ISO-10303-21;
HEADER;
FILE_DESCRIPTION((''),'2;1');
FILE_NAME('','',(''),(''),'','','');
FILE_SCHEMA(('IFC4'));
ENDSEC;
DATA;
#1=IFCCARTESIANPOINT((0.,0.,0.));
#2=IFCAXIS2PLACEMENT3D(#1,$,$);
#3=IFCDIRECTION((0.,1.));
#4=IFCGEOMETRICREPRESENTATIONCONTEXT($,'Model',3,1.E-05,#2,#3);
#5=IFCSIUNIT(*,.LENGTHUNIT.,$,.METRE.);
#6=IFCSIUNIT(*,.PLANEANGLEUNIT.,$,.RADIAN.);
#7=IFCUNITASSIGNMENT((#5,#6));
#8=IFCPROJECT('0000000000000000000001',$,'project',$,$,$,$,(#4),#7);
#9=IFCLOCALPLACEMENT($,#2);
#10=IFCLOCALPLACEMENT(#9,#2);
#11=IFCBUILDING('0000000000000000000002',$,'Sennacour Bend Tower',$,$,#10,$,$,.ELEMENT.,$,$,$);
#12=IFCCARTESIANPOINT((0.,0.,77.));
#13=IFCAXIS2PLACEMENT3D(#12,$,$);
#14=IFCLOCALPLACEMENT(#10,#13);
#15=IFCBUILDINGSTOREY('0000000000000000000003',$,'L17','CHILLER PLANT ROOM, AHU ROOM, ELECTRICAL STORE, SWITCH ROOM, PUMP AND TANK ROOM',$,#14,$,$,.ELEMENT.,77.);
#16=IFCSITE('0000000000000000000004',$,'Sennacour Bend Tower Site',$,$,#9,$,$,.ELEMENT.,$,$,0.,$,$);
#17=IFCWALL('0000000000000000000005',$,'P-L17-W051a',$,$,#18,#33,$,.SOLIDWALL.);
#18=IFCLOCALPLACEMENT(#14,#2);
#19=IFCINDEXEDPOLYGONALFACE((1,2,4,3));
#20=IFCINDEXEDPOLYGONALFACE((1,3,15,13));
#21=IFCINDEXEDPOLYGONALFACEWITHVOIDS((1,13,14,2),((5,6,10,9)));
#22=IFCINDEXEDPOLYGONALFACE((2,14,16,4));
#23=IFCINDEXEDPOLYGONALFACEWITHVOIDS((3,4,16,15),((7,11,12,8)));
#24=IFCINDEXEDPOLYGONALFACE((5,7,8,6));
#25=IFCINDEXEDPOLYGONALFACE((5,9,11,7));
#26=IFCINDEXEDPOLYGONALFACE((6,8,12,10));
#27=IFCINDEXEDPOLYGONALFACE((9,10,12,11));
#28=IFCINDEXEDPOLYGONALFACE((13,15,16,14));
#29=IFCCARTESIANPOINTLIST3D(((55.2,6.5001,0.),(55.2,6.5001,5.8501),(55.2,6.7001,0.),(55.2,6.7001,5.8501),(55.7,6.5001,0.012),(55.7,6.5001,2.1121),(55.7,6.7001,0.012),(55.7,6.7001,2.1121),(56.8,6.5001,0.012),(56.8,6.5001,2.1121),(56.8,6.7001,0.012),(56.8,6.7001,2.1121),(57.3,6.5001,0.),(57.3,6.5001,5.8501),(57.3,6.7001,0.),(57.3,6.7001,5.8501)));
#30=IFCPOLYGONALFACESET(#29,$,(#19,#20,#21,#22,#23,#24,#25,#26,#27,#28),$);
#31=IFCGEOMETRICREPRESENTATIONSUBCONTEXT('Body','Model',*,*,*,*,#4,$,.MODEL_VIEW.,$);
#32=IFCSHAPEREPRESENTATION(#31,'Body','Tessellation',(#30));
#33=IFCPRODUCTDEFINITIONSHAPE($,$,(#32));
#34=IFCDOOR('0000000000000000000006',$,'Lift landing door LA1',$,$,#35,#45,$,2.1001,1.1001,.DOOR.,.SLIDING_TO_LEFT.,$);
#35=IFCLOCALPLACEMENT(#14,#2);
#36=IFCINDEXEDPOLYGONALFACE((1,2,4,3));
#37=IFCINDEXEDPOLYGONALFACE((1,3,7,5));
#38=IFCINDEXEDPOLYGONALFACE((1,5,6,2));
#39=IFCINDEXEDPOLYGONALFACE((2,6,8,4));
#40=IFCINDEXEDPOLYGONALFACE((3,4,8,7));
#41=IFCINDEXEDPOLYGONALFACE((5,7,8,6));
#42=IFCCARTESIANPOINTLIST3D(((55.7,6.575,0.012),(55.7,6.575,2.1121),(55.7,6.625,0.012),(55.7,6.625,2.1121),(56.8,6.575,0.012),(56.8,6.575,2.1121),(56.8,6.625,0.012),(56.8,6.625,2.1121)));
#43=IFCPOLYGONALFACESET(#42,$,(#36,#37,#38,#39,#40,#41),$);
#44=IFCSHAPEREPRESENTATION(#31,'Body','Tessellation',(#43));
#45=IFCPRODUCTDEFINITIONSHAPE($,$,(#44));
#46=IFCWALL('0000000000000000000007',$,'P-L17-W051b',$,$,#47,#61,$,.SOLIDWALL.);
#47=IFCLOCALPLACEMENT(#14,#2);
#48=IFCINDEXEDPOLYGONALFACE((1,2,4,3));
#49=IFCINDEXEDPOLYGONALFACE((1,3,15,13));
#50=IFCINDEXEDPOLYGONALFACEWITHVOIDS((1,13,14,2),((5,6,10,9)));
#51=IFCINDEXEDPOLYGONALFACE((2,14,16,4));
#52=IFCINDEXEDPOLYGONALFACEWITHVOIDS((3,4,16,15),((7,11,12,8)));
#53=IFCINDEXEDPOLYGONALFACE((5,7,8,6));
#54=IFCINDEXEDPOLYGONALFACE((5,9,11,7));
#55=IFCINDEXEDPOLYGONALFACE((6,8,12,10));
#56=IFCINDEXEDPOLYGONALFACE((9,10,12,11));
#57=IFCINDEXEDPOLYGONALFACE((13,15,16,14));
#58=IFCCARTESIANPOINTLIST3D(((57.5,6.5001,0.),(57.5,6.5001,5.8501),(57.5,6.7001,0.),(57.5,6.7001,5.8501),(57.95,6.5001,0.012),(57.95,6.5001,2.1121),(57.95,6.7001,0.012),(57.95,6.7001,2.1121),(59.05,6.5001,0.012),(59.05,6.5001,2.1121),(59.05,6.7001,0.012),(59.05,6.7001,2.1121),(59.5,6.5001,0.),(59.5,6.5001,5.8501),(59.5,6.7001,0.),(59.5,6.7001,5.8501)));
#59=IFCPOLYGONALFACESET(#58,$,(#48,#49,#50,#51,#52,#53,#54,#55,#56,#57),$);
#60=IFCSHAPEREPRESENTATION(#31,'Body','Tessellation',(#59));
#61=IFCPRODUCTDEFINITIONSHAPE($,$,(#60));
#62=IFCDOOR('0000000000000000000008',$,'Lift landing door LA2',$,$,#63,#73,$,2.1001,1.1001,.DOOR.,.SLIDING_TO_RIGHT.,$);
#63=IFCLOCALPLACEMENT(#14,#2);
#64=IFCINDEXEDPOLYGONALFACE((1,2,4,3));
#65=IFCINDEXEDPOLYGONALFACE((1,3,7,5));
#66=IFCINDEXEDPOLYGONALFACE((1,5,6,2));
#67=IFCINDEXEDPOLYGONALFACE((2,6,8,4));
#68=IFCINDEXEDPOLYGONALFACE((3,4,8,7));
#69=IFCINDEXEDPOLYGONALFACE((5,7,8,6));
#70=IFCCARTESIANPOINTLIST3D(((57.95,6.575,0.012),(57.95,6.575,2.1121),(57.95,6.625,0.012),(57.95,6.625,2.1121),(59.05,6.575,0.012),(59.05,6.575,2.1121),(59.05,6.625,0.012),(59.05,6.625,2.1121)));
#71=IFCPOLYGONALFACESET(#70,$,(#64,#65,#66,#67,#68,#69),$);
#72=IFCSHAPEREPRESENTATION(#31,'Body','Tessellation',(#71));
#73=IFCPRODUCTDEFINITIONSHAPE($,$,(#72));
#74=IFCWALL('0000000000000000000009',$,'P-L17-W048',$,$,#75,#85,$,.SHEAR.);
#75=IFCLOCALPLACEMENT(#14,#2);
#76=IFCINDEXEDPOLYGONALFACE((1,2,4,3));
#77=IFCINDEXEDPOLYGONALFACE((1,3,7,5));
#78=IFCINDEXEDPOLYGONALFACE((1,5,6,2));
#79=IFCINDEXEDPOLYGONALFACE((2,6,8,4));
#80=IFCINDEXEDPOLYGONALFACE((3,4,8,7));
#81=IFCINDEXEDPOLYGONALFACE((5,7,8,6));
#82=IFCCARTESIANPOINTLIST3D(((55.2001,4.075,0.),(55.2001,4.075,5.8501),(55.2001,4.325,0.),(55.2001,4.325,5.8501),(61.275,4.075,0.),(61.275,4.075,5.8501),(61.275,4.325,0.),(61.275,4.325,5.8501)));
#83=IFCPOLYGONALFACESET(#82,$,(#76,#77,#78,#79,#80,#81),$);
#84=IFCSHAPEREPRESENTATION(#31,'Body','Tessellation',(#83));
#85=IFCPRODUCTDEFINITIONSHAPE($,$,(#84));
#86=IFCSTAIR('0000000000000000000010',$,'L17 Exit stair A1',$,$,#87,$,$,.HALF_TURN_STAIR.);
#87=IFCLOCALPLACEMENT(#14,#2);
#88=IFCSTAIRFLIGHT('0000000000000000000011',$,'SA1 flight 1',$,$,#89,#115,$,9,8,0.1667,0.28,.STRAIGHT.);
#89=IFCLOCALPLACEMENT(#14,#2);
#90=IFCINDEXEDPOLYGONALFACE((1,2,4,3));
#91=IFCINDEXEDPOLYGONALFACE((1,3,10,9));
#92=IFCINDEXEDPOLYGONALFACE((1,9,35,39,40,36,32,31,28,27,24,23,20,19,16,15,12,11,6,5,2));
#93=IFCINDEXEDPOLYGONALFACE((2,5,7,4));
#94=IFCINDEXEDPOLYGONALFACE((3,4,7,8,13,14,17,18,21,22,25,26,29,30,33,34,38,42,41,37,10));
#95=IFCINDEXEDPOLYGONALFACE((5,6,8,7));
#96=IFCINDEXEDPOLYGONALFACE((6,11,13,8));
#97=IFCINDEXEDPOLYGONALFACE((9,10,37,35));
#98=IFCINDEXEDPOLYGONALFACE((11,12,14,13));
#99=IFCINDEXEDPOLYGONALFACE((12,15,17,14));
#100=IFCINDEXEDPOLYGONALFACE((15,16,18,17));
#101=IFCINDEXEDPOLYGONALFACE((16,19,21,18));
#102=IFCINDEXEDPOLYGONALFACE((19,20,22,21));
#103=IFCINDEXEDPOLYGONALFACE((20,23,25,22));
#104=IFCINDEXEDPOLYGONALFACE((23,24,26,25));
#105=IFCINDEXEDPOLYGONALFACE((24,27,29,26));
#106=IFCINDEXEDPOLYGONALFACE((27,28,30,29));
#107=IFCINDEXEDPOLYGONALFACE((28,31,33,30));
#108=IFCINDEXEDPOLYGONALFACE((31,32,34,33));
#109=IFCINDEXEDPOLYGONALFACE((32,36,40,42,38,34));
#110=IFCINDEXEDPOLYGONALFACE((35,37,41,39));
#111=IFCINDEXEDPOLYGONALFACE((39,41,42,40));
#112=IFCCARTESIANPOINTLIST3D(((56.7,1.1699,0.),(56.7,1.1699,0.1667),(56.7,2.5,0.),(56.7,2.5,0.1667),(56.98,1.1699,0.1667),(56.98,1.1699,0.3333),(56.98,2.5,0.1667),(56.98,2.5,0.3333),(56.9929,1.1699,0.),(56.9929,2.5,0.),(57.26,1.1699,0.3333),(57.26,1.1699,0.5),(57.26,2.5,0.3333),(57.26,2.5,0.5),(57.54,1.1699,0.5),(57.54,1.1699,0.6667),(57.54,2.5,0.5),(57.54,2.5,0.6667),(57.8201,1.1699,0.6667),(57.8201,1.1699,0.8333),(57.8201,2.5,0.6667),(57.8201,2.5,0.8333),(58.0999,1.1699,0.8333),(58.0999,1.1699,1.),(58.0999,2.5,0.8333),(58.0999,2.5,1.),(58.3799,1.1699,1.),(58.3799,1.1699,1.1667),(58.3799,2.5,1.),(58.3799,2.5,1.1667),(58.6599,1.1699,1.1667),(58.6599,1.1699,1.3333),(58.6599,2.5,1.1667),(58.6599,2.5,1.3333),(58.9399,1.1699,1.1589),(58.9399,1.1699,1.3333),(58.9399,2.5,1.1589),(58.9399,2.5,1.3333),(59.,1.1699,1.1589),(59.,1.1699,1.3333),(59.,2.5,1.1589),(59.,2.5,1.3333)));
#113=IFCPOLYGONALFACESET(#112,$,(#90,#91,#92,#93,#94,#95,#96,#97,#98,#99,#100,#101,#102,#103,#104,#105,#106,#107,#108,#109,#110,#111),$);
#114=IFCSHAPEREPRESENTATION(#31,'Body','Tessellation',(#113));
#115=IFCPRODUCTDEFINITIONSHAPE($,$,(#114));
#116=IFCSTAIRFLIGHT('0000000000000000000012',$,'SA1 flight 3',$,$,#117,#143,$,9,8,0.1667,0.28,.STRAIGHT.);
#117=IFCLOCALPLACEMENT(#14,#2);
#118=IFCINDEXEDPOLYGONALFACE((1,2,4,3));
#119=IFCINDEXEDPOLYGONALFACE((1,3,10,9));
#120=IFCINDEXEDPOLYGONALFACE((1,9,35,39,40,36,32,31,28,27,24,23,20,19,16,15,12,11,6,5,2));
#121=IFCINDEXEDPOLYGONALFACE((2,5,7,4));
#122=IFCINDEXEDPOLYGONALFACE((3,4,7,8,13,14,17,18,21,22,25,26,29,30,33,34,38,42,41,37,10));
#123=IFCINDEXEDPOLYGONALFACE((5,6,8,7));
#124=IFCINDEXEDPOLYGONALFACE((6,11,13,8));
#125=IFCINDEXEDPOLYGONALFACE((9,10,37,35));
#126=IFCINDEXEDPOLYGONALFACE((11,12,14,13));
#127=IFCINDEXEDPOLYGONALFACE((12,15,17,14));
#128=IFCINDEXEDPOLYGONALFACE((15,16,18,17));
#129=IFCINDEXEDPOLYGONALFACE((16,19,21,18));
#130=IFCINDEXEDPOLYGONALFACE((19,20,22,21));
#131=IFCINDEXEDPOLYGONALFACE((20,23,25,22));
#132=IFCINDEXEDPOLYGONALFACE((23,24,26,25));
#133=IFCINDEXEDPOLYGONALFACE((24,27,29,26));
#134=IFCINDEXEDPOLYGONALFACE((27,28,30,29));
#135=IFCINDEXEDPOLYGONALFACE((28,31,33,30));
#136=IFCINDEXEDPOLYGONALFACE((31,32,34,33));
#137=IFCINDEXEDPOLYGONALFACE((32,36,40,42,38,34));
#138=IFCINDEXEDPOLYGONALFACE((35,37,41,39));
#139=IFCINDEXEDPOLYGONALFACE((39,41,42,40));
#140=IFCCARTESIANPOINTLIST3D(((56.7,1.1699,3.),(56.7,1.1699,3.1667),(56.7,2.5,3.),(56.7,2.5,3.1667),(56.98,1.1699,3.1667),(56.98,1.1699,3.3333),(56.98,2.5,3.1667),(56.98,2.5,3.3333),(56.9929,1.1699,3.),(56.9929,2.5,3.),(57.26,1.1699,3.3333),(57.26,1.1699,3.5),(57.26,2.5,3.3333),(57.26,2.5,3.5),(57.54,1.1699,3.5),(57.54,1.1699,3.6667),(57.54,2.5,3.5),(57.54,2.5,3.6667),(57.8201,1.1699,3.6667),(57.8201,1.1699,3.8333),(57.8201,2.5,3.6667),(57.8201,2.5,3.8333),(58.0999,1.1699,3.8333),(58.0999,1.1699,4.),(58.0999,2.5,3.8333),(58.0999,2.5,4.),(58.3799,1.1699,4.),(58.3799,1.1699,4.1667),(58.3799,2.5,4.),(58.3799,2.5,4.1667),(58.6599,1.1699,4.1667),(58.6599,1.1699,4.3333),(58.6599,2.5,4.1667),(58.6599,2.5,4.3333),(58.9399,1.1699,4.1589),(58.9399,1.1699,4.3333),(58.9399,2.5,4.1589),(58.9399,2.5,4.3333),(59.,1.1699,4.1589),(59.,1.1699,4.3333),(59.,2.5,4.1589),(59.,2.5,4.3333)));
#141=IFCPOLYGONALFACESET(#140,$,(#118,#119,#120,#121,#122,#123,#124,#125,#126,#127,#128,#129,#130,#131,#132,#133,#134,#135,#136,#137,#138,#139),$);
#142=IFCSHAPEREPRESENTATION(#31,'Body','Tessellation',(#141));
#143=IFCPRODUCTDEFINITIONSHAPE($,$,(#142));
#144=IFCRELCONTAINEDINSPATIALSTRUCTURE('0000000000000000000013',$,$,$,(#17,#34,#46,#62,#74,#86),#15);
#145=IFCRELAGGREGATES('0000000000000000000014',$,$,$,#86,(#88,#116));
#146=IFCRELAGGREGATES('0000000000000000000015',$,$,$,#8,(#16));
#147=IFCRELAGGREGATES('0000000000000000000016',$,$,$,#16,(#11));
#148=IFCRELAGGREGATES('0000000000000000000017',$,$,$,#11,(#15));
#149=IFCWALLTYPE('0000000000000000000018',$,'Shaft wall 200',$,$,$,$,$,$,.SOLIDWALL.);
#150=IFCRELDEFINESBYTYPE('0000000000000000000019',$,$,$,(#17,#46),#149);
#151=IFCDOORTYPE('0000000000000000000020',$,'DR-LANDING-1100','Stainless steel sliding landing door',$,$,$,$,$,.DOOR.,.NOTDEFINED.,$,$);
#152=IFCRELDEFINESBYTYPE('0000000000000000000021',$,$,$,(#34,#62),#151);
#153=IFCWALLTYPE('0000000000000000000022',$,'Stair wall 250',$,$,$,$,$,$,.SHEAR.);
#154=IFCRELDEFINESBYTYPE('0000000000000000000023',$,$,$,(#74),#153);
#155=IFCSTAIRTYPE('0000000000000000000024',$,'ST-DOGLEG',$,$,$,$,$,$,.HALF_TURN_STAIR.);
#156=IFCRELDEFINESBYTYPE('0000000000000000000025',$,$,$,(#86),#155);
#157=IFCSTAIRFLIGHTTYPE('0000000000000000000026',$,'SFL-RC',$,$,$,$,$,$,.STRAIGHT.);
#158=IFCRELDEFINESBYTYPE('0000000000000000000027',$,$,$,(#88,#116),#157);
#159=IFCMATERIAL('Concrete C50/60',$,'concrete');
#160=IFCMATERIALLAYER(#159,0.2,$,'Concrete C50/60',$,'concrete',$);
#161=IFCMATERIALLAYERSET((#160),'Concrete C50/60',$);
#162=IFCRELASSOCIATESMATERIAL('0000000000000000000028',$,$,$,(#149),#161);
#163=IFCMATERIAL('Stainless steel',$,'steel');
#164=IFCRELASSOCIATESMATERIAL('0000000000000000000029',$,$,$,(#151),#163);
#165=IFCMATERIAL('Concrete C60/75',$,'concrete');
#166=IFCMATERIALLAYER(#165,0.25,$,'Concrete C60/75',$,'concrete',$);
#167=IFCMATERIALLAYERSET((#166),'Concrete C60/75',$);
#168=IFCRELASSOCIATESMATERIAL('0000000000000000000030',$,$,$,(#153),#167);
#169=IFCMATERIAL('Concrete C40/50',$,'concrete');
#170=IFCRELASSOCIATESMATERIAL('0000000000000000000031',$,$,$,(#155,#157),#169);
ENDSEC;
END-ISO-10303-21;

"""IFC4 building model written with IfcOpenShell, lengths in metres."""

from ifc_helpers import new_model, si_unit, direction, frame, frame_2d, origin, place, context, subcontext, project, spatial, polyline, rectangle, outline, extrude, material, layer, layer_set, type_object, element, fill, aggregate, save


model = new_model("IFC4")

# Units and contexts
model_context = context("Model", 3, precision=1e-05, world=origin(), true_north=direction((0.0, 1.0)))
body_context = subcontext(model_context, "Body", "Model", "MODEL_VIEW")
ifc_project = project(units=[si_unit("LENGTHUNIT", "METRE"), si_unit("PLANEANGLEUNIT", "RADIAN")], contexts=[model_context])

# Site, building, storey
site_placement = place(None, origin())
site = spatial("IfcSite", under=ifc_project, at=site_placement, Name="Sennacour Bend Tower Site", CompositionType="ELEMENT", RefElevation=0.0)
building_placement = place(site_placement, origin())
building = spatial("IfcBuilding", under=site, at=building_placement, Name="Sennacour Bend Tower", CompositionType="ELEMENT")
storey_placement = place(building_placement, frame((0.0, 0.0, 77.0)))
storey = spatial("IfcBuildingStorey", under=building, at=storey_placement, Name="L17", Description="CHILLER PLANT ROOM, AHU ROOM, ELECTRICAL STORE, SWITCH ROOM, PUMP AND TANK ROOM", CompositionType="ELEMENT", Elevation=77.0)

# Shared definitions
ifc_material_1 = material(Name="Concrete C50/60", Category="concrete")
ifc_layer_1 = layer(ifc_material_1, 0.2, Name="Concrete C50/60", Category="concrete")
ifc_layer_set_1 = layer_set([ifc_layer_1], Name="Concrete C50/60")
wall_type_1 = type_object("IfcWallType", Name="Shaft wall 200", PredefinedType="SOLIDWALL", material=ifc_layer_set_1)

# Walls, openings, doors
wall_1_placement = place(storey_placement, frame((55.2, 6.6001, 0.0), z_axis=(0.0, 0.0, 1.0), x_axis=(1.0, 0.0, 0.0)))
wall_1 = element("IfcWall", 1, at=wall_1_placement, inside=storey, type_object=wall_type_1, Name="P-L17-W051a", PredefinedType="SOLIDWALL", context=body_context, shape_type="SweptSolid", body=[
    extrude(rectangle(XDim=2.1001, YDim=0.2, at=frame_2d((1.05, 0.0))), origin(), (0.0, 0.0, 1.0), 5.8501),
])
opening_1_placement = place(wall_1_placement, frame((0.5, 0.0, 0.012)))
opening_1 = element("IfcOpeningElement", 2, at=opening_1_placement, cuts=wall_1, PredefinedType="OPENING", context=body_context, shape_type="SweptSolid", body=[
    extrude(rectangle(XDim=1.1001, YDim=2.1001, at=frame_2d((0.55, 1.05))), frame((0.0, 0.1099, 0.0), z_axis=(0.0, -1.0, 0.0), x_axis=(1.0, 0.0, 0.0)), (0.0, 0.0, 1.0), 0.22),
])
ifc_material_2 = material(Name="Stainless steel", Category="steel")
door_type_1 = type_object("IfcDoorType", Name="DR-LANDING-1100", Description="Stainless steel sliding landing door", OperationType="NOTDEFINED", PredefinedType="DOOR", material=ifc_material_2)
door_1_placement = place(opening_1_placement, origin())
door_1 = element("IfcDoor", 3, at=door_1_placement, inside=storey, type_object=door_type_1, Name="Lift landing door LA1", OperationType="SLIDING_TO_LEFT", OverallHeight=2.1001, OverallWidth=1.1001, PredefinedType="DOOR", context=body_context, shape_type="SweptSolid", body=[
    extrude(rectangle(XDim=1.1001, YDim=2.1001, at=frame_2d((0.55, 1.05))), frame((0.0, 0.0249, 0.0), z_axis=(0.0, -1.0, 0.0), x_axis=(1.0, 0.0, 0.0)), (0.0, 0.0, 1.0), 0.05),
])
fill(opening_1, door_1)
wall_2_placement = place(storey_placement, frame((57.5, 6.6001, 0.0), z_axis=(0.0, 0.0, 1.0), x_axis=(1.0, 0.0, 0.0)))
wall_2 = element("IfcWall", 4, at=wall_2_placement, inside=storey, type_object=wall_type_1, Name="P-L17-W051b", PredefinedType="SOLIDWALL", context=body_context, shape_type="SweptSolid", body=[
    extrude(rectangle(XDim=2.0, YDim=0.2, at=frame_2d((1.0, 0.0))), origin(), (0.0, 0.0, 1.0), 5.8501),
])
opening_2_placement = place(wall_2_placement, frame((0.45, 0.0, 0.012)))
opening_2 = element("IfcOpeningElement", 5, at=opening_2_placement, cuts=wall_2, PredefinedType="OPENING", context=body_context, shape_type="SweptSolid", body=[
    extrude(rectangle(XDim=1.1001, YDim=2.1001, at=frame_2d((0.55, 1.05))), frame((0.0, 0.1099, 0.0), z_axis=(0.0, -1.0, 0.0), x_axis=(1.0, 0.0, 0.0)), (0.0, 0.0, 1.0), 0.22),
])
door_2_placement = place(opening_2_placement, origin())
door_2 = element("IfcDoor", 6, at=door_2_placement, inside=storey, type_object=door_type_1, Name="Lift landing door LA2", OperationType="SLIDING_TO_RIGHT", OverallHeight=2.1001, OverallWidth=1.1001, PredefinedType="DOOR", context=body_context, shape_type="SweptSolid", body=[
    extrude(rectangle(XDim=1.1001, YDim=2.1001, at=frame_2d((0.55, 1.05))), frame((0.0, 0.0249, 0.0), z_axis=(0.0, -1.0, 0.0), x_axis=(1.0, 0.0, 0.0)), (0.0, 0.0, 1.0), 0.05),
])
fill(opening_2, door_2)

# Wall
ifc_material_3 = material(Name="Concrete C60/75", Category="concrete")
ifc_layer_2 = layer(ifc_material_3, 0.25, Name="Concrete C60/75", Category="concrete")
ifc_layer_set_2 = layer_set([ifc_layer_2], Name="Concrete C60/75")
wall_type_2 = type_object("IfcWallType", Name="Stair wall 250", PredefinedType="SHEAR", material=ifc_layer_set_2)
wall_3_placement = place(storey_placement, frame((55.2, 4.2, 0.0), z_axis=(0.0, 0.0, 1.0), x_axis=(1.0, 0.0, 0.0)))
element("IfcWall", 7, at=wall_3_placement, inside=storey, type_object=wall_type_2, Name="P-L17-W048", PredefinedType="SHEAR", context=body_context, shape_type="SweptSolid", body=[
    extrude(rectangle(XDim=6.075, YDim=0.25, at=frame_2d((3.0376, 0.0))), origin(), (0.0, 0.0, 1.0), 5.8501),
])

# Stair, stair flights
ifc_material_4 = material(Name="Concrete C40/50", Category="concrete")
stair_type = type_object("IfcStairType", Name="ST-DOGLEG", PredefinedType="HALF_TURN_STAIR", material=ifc_material_4)
stair_placement = place(storey_placement, origin())
stair = element("IfcStair", 8, at=stair_placement, inside=storey, type_object=stair_type, Name="L17 Exit stair A1", PredefinedType="HALF_TURN_STAIR")
stair_flight_type = type_object("IfcStairFlightType", Name="SFL-RC", PredefinedType="STRAIGHT", material=ifc_material_4)
stair_flight_1_placement = place(storey_placement, frame((56.7, 1.835, 0.0), z_axis=(0.0, 0.0, 1.0), x_axis=(1.0, 0.0, 0.0)))
stair_flight_1 = element("IfcStairFlight", 9, at=stair_flight_1_placement, type_object=stair_flight_type, Name="SA1 flight 1", NumberOfRisers=9, NumberOfTreads=8, PredefinedType="STRAIGHT", RiserHeight=0.1667, TreadLength=0.28, context=body_context, shape_type="SweptSolid", body=[
    extrude(outline(polyline([(0.0, 0.0), (0.0, 0.1667), (0.28, 0.1667), (0.28, 0.3333), (0.5601, 0.3333), (0.5601, 0.5), (0.8401, 0.5), (0.8401, 0.6667), (1.1201, 0.6667), (1.1201, 0.8333), (1.3999, 0.8333), (1.3999, 1.0), (1.6799, 1.0), (1.6799, 1.1667), (1.96, 1.1667), (1.96, 1.3333), (2.24, 1.3333), (2.3, 1.3333), (2.3, 1.1589), (2.24, 1.1589), (0.293, 0.0), (0.0, 0.0)])), frame((0.0, 0.665, 0.0), z_axis=(0.0, -1.0, 0.0), x_axis=(1.0, 0.0, 0.0)), (0.0, 0.0, 1.0), 1.3301),
])
stair_flight_2_placement = place(storey_placement, frame((56.7, 1.835, 3.0), z_axis=(0.0, 0.0, 1.0), x_axis=(1.0, 0.0, 0.0)))
stair_flight_2 = element("IfcStairFlight", 10, at=stair_flight_2_placement, type_object=stair_flight_type, Name="SA1 flight 3", NumberOfRisers=9, NumberOfTreads=8, PredefinedType="STRAIGHT", RiserHeight=0.1667, TreadLength=0.28, context=body_context, shape_type="SweptSolid", body=[
    extrude(outline(polyline([(0.0, 0.0), (0.0, 0.1667), (0.28, 0.1667), (0.28, 0.3333), (0.5601, 0.3333), (0.5601, 0.5), (0.8401, 0.5), (0.8401, 0.6667), (1.1201, 0.6667), (1.1201, 0.8333), (1.3999, 0.8333), (1.3999, 1.0), (1.6799, 1.0), (1.6799, 1.1667), (1.96, 1.1667), (1.96, 1.3333), (2.24, 1.3333), (2.3, 1.3333), (2.3, 1.1589), (2.24, 1.1589), (0.293, 0.0), (0.0, 0.0)])), frame((0.0, 0.665, 0.0), z_axis=(0.0, -1.0, 0.0), x_axis=(1.0, 0.0, 0.0)), (0.0, 0.0, 1.0), 1.3301),
])
aggregate(stair, [stair_flight_1, stair_flight_2])

save(model, "model.ifc")
